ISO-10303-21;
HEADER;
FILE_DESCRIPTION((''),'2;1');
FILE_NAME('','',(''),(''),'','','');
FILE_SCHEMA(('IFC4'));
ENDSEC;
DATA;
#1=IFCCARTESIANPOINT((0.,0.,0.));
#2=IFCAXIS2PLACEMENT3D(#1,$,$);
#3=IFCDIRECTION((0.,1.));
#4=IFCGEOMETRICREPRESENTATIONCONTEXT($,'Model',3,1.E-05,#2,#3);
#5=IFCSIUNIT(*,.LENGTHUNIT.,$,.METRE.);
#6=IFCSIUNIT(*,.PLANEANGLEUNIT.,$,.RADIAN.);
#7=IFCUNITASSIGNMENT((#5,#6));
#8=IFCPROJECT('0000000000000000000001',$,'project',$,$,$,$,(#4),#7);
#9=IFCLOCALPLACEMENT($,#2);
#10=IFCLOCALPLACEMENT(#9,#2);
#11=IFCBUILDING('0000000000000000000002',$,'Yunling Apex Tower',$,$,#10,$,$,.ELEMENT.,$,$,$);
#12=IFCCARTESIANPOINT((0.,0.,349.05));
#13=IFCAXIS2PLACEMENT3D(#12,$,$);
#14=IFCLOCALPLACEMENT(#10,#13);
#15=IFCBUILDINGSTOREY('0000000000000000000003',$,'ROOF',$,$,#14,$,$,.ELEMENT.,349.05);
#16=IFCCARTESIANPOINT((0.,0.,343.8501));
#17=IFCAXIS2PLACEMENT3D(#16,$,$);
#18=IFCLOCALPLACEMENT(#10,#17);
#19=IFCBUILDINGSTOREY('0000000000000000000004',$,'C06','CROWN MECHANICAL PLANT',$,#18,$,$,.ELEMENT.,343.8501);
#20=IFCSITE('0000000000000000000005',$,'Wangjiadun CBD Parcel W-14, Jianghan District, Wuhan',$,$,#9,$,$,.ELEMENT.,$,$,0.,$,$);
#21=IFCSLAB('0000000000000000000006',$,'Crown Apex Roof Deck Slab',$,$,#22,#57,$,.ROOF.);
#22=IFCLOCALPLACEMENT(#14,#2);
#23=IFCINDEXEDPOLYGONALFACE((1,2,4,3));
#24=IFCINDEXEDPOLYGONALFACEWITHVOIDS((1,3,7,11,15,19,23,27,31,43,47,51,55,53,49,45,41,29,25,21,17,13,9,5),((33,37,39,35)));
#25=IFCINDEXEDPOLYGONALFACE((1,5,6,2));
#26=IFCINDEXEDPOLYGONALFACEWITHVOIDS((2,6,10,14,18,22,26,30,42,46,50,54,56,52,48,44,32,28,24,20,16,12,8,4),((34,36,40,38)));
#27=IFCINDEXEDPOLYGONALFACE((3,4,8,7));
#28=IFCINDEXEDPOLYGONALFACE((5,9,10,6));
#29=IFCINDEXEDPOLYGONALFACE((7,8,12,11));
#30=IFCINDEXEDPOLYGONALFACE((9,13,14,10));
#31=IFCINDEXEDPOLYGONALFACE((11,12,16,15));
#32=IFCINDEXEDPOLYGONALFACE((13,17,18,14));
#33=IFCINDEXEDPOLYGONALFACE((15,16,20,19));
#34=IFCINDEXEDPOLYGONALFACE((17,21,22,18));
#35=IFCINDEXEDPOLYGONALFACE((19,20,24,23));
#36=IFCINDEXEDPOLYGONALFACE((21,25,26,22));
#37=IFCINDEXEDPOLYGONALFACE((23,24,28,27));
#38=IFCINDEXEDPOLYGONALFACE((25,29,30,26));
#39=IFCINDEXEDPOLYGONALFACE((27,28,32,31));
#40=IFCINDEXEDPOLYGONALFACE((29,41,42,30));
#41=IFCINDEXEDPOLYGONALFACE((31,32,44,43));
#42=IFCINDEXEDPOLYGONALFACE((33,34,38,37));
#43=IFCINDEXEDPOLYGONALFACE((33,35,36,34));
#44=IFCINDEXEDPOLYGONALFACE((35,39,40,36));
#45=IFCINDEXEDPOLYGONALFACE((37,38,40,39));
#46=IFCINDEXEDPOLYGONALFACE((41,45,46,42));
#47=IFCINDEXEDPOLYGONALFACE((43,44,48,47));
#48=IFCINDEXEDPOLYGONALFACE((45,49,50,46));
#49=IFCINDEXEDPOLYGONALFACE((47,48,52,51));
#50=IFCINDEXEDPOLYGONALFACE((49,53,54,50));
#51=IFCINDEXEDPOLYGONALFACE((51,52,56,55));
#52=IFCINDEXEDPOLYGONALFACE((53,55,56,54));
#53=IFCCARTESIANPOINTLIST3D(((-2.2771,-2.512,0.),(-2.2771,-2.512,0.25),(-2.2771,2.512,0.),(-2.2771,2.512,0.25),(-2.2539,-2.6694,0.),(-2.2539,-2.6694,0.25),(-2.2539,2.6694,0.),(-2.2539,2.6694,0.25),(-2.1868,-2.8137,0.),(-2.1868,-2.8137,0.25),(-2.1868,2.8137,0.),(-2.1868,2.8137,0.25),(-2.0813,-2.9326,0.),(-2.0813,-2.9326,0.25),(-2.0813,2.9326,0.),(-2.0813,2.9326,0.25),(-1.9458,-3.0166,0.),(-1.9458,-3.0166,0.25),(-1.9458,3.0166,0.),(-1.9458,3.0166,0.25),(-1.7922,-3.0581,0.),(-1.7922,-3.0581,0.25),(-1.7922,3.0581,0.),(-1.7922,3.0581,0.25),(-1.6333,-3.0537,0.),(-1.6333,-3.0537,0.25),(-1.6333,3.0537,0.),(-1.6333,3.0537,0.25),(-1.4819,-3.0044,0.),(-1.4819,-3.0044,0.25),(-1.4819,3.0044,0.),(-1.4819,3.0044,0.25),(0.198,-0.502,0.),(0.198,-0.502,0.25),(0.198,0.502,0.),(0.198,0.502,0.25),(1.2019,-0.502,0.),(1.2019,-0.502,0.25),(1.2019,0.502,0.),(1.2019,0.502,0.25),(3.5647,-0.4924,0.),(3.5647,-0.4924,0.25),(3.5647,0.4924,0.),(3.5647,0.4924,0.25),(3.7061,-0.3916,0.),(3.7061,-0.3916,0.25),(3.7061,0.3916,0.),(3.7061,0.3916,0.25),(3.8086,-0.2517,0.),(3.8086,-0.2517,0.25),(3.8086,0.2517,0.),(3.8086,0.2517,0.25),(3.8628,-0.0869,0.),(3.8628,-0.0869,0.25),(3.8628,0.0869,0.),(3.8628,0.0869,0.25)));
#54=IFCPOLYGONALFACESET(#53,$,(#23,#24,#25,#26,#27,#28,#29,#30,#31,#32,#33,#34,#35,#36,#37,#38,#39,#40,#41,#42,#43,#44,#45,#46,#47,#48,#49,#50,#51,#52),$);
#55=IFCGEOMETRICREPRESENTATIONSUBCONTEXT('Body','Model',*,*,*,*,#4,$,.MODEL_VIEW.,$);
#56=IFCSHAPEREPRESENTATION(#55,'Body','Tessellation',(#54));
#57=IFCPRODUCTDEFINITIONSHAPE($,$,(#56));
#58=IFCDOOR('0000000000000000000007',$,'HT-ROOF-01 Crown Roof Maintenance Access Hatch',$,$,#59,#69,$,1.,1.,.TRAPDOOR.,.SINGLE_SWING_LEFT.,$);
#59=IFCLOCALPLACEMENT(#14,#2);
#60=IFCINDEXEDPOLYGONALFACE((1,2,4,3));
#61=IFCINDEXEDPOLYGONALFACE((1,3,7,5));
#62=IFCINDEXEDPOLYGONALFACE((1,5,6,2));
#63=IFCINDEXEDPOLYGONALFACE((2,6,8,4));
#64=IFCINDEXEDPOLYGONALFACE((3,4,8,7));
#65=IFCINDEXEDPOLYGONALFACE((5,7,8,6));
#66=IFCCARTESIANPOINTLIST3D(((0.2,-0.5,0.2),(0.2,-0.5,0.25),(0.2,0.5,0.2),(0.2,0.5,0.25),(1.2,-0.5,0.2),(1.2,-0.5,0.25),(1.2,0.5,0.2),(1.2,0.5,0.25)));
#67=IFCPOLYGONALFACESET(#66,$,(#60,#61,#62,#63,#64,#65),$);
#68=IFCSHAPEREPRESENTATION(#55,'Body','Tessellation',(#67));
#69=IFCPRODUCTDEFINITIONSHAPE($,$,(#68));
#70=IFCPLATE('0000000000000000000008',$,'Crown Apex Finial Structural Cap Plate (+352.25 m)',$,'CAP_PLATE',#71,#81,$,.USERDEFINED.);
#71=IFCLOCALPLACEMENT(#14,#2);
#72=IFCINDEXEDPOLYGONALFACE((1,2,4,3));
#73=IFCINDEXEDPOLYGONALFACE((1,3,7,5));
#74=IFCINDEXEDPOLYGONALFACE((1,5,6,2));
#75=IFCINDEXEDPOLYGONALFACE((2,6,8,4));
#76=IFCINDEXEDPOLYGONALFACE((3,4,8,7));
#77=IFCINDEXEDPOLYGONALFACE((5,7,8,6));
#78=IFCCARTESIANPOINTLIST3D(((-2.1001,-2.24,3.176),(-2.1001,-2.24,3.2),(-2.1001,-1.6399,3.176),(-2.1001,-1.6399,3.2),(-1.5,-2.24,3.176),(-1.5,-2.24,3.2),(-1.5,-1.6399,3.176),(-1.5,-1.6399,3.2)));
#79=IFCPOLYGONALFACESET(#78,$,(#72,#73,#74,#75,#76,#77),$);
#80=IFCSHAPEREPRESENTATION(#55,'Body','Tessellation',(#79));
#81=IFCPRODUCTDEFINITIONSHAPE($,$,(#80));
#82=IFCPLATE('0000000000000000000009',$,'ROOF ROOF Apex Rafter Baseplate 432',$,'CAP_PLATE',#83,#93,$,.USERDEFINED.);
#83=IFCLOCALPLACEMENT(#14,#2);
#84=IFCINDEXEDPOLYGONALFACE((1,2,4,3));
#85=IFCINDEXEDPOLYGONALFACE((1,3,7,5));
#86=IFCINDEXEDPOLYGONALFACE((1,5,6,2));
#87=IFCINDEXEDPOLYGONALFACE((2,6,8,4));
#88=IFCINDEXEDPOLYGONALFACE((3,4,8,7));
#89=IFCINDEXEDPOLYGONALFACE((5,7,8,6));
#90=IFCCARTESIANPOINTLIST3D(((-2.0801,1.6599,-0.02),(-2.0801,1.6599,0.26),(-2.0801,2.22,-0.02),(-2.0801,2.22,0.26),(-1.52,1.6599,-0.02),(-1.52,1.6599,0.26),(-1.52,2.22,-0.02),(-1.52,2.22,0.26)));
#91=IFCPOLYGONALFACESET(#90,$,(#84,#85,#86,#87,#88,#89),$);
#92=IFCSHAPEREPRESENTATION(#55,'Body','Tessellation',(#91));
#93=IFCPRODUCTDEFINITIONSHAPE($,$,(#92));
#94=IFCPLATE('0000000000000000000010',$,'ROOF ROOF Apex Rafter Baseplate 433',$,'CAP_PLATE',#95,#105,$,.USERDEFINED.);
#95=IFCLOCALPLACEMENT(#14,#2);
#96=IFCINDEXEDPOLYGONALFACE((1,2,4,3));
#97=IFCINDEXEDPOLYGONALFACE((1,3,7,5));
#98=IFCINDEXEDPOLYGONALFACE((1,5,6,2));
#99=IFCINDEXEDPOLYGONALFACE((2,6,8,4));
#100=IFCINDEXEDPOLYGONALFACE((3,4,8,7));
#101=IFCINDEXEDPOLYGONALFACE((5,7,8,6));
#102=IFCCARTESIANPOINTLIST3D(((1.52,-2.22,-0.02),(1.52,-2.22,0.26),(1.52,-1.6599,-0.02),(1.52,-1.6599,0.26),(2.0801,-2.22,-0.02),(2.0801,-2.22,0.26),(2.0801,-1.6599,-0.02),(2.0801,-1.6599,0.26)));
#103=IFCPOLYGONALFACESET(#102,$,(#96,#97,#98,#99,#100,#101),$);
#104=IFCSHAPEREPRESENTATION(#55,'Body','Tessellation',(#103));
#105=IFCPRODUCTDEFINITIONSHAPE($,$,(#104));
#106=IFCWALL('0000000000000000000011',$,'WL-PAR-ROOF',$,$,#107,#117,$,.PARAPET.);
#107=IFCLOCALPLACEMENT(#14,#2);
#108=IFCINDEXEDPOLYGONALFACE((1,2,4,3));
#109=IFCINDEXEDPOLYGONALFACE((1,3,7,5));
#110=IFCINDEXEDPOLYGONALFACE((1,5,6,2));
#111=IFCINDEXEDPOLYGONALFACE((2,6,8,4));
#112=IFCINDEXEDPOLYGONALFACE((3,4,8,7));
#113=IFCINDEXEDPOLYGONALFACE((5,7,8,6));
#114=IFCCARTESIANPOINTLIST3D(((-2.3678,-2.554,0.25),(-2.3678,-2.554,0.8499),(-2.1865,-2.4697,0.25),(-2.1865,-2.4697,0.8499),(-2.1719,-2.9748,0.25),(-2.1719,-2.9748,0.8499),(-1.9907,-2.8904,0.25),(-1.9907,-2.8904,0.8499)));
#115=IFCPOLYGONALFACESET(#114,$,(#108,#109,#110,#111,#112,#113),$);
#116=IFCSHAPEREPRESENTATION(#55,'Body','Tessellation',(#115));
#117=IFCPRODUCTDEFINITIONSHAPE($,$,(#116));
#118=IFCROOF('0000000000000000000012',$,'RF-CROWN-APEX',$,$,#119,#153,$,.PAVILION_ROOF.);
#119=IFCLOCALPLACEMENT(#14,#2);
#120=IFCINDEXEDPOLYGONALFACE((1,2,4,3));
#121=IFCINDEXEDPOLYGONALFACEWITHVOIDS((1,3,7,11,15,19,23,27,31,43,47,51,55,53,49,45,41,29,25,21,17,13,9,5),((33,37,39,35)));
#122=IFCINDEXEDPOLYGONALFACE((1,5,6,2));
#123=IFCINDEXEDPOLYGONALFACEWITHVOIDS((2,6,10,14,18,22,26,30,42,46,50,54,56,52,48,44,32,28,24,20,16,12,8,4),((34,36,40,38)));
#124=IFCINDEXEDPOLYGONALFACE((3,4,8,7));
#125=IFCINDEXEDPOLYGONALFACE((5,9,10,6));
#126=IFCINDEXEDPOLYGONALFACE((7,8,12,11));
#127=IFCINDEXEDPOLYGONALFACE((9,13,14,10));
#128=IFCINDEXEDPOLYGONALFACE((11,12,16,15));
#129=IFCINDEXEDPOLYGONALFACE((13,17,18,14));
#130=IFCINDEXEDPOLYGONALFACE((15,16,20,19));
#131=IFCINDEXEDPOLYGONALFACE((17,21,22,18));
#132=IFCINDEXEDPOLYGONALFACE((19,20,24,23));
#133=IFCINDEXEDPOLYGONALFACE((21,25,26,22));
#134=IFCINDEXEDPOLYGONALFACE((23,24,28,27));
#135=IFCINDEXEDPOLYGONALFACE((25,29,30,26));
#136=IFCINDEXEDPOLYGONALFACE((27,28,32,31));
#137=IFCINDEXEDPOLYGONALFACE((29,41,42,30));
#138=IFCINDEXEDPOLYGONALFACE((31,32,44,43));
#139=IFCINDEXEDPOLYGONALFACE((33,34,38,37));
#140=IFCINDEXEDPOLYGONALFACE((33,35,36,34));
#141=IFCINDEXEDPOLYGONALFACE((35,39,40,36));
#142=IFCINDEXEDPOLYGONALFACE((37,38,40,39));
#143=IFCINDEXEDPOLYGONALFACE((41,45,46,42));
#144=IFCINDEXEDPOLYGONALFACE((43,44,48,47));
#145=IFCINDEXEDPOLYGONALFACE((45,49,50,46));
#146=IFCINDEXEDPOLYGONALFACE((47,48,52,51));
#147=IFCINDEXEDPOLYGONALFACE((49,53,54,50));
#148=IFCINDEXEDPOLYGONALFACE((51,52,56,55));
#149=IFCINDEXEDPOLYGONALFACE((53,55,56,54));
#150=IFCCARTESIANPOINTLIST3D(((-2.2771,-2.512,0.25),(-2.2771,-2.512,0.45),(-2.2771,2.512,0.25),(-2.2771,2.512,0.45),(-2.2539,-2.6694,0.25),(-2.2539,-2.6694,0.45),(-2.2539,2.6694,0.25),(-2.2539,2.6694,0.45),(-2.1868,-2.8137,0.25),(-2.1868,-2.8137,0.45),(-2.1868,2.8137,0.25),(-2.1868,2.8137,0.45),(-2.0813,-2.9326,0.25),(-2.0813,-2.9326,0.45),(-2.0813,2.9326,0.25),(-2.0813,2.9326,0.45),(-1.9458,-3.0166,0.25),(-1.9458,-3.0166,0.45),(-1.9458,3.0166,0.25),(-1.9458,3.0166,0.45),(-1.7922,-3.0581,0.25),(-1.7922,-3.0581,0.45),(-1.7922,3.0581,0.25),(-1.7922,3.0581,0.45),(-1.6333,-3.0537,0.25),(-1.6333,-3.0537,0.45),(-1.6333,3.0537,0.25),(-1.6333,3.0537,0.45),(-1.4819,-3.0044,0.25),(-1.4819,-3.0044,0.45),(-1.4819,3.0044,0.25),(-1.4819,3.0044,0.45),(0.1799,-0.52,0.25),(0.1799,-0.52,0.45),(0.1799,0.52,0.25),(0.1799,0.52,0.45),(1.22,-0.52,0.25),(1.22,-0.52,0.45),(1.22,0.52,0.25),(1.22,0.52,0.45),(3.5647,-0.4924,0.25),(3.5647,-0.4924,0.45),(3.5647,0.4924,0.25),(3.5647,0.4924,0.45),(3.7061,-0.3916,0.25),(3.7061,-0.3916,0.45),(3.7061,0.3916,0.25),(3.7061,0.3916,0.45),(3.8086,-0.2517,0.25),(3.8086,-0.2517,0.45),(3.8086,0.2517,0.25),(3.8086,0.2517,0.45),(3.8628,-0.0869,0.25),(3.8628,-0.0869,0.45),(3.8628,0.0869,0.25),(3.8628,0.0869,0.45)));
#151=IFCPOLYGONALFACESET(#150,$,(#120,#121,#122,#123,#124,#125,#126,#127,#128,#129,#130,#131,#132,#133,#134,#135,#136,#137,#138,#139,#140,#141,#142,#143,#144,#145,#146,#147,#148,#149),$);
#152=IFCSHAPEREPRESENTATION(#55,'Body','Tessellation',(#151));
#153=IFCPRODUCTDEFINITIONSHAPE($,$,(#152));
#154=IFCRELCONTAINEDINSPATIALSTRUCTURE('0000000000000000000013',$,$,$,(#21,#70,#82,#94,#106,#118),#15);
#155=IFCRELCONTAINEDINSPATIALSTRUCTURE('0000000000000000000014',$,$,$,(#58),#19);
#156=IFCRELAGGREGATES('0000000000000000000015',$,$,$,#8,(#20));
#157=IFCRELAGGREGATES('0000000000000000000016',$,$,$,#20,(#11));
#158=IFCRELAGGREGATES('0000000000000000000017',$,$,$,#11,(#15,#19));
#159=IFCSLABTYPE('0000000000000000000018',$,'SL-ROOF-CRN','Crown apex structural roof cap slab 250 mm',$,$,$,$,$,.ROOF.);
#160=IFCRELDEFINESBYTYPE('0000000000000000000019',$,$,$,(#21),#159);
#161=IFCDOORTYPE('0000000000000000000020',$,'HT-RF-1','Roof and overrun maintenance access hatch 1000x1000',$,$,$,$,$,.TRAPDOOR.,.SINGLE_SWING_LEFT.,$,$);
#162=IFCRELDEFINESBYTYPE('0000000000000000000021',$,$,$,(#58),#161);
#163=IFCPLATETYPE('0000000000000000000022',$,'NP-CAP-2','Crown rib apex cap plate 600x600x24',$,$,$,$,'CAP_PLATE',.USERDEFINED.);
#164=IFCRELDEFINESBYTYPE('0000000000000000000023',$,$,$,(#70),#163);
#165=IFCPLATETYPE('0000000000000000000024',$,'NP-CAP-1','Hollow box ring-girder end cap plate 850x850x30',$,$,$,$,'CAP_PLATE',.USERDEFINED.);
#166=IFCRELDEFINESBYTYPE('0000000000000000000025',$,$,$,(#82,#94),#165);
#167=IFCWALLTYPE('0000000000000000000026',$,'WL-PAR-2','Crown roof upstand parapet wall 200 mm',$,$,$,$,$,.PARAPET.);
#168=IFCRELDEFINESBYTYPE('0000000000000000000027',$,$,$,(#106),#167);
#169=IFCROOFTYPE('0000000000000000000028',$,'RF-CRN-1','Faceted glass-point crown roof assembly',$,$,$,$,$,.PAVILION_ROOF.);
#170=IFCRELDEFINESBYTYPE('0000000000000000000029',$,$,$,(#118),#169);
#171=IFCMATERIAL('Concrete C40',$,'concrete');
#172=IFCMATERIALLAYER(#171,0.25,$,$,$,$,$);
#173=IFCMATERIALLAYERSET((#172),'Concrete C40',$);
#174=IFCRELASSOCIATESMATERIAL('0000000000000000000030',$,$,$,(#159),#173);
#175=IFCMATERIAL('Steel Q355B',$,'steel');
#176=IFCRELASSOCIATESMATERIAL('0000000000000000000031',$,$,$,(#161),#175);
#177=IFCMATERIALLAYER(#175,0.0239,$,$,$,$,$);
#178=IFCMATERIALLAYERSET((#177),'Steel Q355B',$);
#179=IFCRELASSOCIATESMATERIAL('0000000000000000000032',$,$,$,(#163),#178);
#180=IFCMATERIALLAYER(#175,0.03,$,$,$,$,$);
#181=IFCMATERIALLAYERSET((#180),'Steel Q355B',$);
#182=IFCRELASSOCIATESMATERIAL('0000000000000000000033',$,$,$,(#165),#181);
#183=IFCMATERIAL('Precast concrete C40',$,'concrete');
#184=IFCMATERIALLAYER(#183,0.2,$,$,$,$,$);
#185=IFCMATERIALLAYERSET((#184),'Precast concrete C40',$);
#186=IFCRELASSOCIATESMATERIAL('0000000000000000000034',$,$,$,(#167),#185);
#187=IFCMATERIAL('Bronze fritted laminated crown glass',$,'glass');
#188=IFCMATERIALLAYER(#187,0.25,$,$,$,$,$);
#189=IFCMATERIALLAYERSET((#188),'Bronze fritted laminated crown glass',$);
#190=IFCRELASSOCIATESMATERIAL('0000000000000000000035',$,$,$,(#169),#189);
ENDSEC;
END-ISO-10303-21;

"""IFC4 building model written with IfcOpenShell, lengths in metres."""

from ifc_helpers import new_model, si_unit, direction, frame, frame_2d, origin, origin_2d, place, context, subcontext, project, spatial, polyline, rectangle, outline, extrude, source, transform, mapped, material, layer, layer_set, type_object, element, fill, save


model = new_model("IFC4")

# Units and contexts
model_context = context("Model", 3, precision=1e-05, world=origin(), true_north=direction((0.0, 1.0)))
body_context = subcontext(model_context, "Body", "Model", "MODEL_VIEW")
ifc_project = project(units=[si_unit("LENGTHUNIT", "METRE"), si_unit("PLANEANGLEUNIT", "RADIAN")], contexts=[model_context])

# Site, building, storey
site_placement = place(None, origin())
site = spatial("IfcSite", under=ifc_project, at=site_placement, Name="Wangjiadun CBD Parcel W-14, Jianghan District, Wuhan", CompositionType="ELEMENT", RefElevation=0.0)
building_placement = place(site_placement, origin())
building = spatial("IfcBuilding", under=site, at=building_placement, Name="Yunling Apex Tower", CompositionType="ELEMENT")
storey_1_placement = place(building_placement, frame((0.0, 0.0, 349.05)))
storey_1 = spatial("IfcBuildingStorey", under=building, at=storey_1_placement, Name="ROOF", CompositionType="ELEMENT", Elevation=349.05)

# Shared definitions
ifc_material_1 = material(Name="Steel Q355B", Category="steel")

# Slab, opening
ifc_material_2 = material(Name="Concrete C40", Category="concrete")
ifc_layer_1 = layer(ifc_material_2, 0.25)
ifc_layer_set_1 = layer_set([ifc_layer_1], Name="Concrete C40")
slab_type = type_object("IfcSlabType", Name="SL-ROOF-CRN", Description="Crown apex structural roof cap slab 250 mm", PredefinedType="ROOF", material=ifc_layer_set_1)
slab_placement = place(storey_1_placement, origin())
slab = element("IfcSlab", 1, at=slab_placement, inside=storey_1, type_object=slab_type, Name="Crown Apex Roof Deck Slab", PredefinedType="ROOF", context=body_context, shape_type="SweptSolid", body=[
    extrude(outline(polyline([(-2.2771, -2.512), (-2.2539, -2.6694), (-2.1868, -2.8137), (-2.0813, -2.9326), (-1.9458, -3.0166), (-1.7922, -3.0581), (-1.6333, -3.0537), (-1.4819, -3.0044), (3.5647, -0.4924), (3.7061, -0.3916), (3.8086, -0.2517), (3.8628, -0.0869), (3.8628, 0.0869), (3.8086, 0.2517), (3.7061, 0.3916), (3.5647, 0.4924), (-1.4819, 3.0044), (-1.6333, 3.0537), (-1.7922, 3.0581), (-1.9458, 3.0166), (-2.0813, 2.9326), (-2.1868, 2.8137), (-2.2539, 2.6694), (-2.2771, 2.512), (-2.2771, -2.512)]), holes=[polyline([(0.2, 0.5), (1.2, 0.5), (1.2, -0.5), (0.2, -0.5), (0.2, 0.5)])]), origin(), (0.0, 0.0, 1.0), 0.25),
])
opening_placement = place(slab_placement, frame((0.7, 0.0, 0.0)))
opening = element("IfcOpeningElement", 2, at=opening_placement, cuts=slab, PredefinedType="OPENING", context=body_context, shape_type="SweptSolid", body=[
    extrude(rectangle(XDim=1.0039, YDim=1.0039, at=origin_2d()), frame((0.0, 0.0, -0.01)), (0.0, 0.0, 1.0), 0.27),
])

# Shared definitions
storey_2_placement = place(building_placement, frame((0.0, 0.0, 343.8501)))
storey_2 = spatial("IfcBuildingStorey", under=building, at=storey_2_placement, Name="C06", Description="CROWN MECHANICAL PLANT", CompositionType="ELEMENT", Elevation=343.8501)

# Door
door_type = type_object("IfcDoorType", Name="HT-RF-1", Description="Roof and overrun maintenance access hatch 1000x1000", OperationType="SINGLE_SWING_LEFT", PredefinedType="TRAPDOOR", material=ifc_material_1)
door_placement = place(opening_placement, frame((0.0, 0.0, 0.2)))
door = element("IfcDoor", 3, at=door_placement, inside=storey_2, type_object=door_type, Name="HT-ROOF-01 Crown Roof Maintenance Access Hatch", OperationType="SINGLE_SWING_LEFT", OverallHeight=1.0, OverallWidth=1.0, PredefinedType="TRAPDOOR", context=body_context, shape_type="SweptSolid", body=[
    extrude(rectangle(XDim=1.0, YDim=1.0, at=origin_2d()), origin(), (0.0, 0.0, 1.0), 0.05),
])
fill(opening, door)

# Plates
ifc_layer_2 = layer(ifc_material_1, 0.0239)
ifc_layer_set_2 = layer_set([ifc_layer_2], Name="Steel Q355B")
plate_type_1 = type_object("IfcPlateType", Name="NP-CAP-2", Description="Crown rib apex cap plate 600x600x24", ElementType="CAP_PLATE", PredefinedType="USERDEFINED", material=ifc_layer_set_2)
shared_shape_1 = source(origin(), body_context, "Body", "SweptSolid", [
    extrude(rectangle(XDim=0.6001, YDim=0.6001, at=origin_2d()), origin(), (0.0, 0.0, 1.0), 0.0239),
])
plate_placement = place(storey_1_placement, frame((-1.8, -1.9399, 3.176), z_axis=(0.0, 0.0, 1.0), x_axis=(1.0, 0.0, 0.0)))
element("IfcPlate", 4, at=plate_placement, inside=storey_1, type_object=plate_type_1, Name="Crown Apex Finial Structural Cap Plate (+352.25 m)", ObjectType="CAP_PLATE", PredefinedType="USERDEFINED", context=body_context, shape_type="MappedRepresentation", body=[
    mapped(shared_shape_1, transform((0.0, 0.0, 0.0), scale=1.0)),
])
ifc_layer_3 = layer(ifc_material_1, 0.03)
ifc_layer_set_3 = layer_set([ifc_layer_3], Name="Steel Q355B")
plate_type_2 = type_object("IfcPlateType", Name="NP-CAP-1", Description="Hollow box ring-girder end cap plate 850x850x30", ElementType="CAP_PLATE", PredefinedType="USERDEFINED", material=ifc_layer_set_3)
shared_shape_2 = source(origin(), body_context, "Body", "SweptSolid", [
    extrude(rectangle(XDim=0.5601, YDim=0.5601, at=origin_2d()), origin(), (0.0, 0.0, 1.0), 0.28),
])
for number, where, z_axis, x_axis, name in (
    (5, (-1.8, 1.9399, -0.02), (0.0, 0.0, 1.0), (0.0, -1.0, 0.0), "ROOF ROOF Apex Rafter Baseplate 432"),
    (6, (1.8, -1.9399, -0.02), (0.0, 0.0, 1.0), (-1.0, 0.0, 0.0), "ROOF ROOF Apex Rafter Baseplate 433"),
):
    element("IfcPlate", number, at=place(storey_1_placement, frame(where, z_axis=z_axis, x_axis=x_axis)), inside=storey_1, type_object=plate_type_2, Name=name, ObjectType="CAP_PLATE", PredefinedType="USERDEFINED", context=body_context, shape_type="MappedRepresentation", body=[
        mapped(shared_shape_2, transform((0.0, 0.0, 0.0), scale=1.0)),
    ])

# Wall
ifc_material_3 = material(Name="Precast concrete C40", Category="concrete")
ifc_layer_4 = layer(ifc_material_3, 0.2)
ifc_layer_set_4 = layer_set([ifc_layer_4], Name="Precast concrete C40")
wall_type = type_object("IfcWallType", Name="WL-PAR-2", Description="Crown roof upstand parapet wall 200 mm", PredefinedType="PARAPET", material=ifc_layer_set_4)
wall_placement = place(storey_1_placement, frame((-2.2771, -2.512, 0.25), z_axis=(0.0, 0.0, 1.0), x_axis=(0.421992, -0.906599, 0.0)))
element("IfcWall", 7, at=wall_placement, inside=storey_1, type_object=wall_type, Name="WL-PAR-ROOF", PredefinedType="PARAPET", context=body_context, shape_type="SweptSolid", body=[
    extrude(rectangle(XDim=0.4641, YDim=0.2, at=frame_2d((0.2319, 0.0))), origin(), (0.0, 0.0, 1.0), 0.5999),
])

# Roof
ifc_material_4 = material(Name="Bronze fritted laminated crown glass", Category="glass")
ifc_layer_5 = layer(ifc_material_4, 0.25)
ifc_layer_set_5 = layer_set([ifc_layer_5], Name="Bronze fritted laminated crown glass")
roof_type = type_object("IfcRoofType", Name="RF-CRN-1", Description="Faceted glass-point crown roof assembly", PredefinedType="PAVILION_ROOF", material=ifc_layer_set_5)
roof_placement = place(storey_1_placement, frame((0.0, 0.0, 0.25)))
element("IfcRoof", 8, at=roof_placement, inside=storey_1, type_object=roof_type, Name="RF-CROWN-APEX", PredefinedType="PAVILION_ROOF", context=body_context, shape_type="SweptSolid", body=[
    extrude(outline(polyline([(-2.2771, -2.512), (-2.2539, -2.6694), (-2.1868, -2.8137), (-2.0813, -2.9326), (-1.9458, -3.0166), (-1.7922, -3.0581), (-1.6333, -3.0537), (-1.4819, -3.0044), (3.5647, -0.4924), (3.7061, -0.3916), (3.8086, -0.2517), (3.8628, -0.0869), (3.8628, 0.0869), (3.8086, 0.2517), (3.7061, 0.3916), (3.5647, 0.4924), (-1.4819, 3.0044), (-1.6333, 3.0537), (-1.7922, 3.0581), (-1.9458, 3.0166), (-2.0813, 2.9326), (-2.1868, 2.8137), (-2.2539, 2.6694), (-2.2771, 2.512), (-2.2771, -2.512)]), holes=[polyline([(0.1799, -0.52), (0.1799, 0.52), (1.22, 0.52), (1.22, -0.52), (0.1799, -0.52)])]), origin(), (0.0, 0.0, 1.0), 0.2),
])

save(model, "model.ifc")
